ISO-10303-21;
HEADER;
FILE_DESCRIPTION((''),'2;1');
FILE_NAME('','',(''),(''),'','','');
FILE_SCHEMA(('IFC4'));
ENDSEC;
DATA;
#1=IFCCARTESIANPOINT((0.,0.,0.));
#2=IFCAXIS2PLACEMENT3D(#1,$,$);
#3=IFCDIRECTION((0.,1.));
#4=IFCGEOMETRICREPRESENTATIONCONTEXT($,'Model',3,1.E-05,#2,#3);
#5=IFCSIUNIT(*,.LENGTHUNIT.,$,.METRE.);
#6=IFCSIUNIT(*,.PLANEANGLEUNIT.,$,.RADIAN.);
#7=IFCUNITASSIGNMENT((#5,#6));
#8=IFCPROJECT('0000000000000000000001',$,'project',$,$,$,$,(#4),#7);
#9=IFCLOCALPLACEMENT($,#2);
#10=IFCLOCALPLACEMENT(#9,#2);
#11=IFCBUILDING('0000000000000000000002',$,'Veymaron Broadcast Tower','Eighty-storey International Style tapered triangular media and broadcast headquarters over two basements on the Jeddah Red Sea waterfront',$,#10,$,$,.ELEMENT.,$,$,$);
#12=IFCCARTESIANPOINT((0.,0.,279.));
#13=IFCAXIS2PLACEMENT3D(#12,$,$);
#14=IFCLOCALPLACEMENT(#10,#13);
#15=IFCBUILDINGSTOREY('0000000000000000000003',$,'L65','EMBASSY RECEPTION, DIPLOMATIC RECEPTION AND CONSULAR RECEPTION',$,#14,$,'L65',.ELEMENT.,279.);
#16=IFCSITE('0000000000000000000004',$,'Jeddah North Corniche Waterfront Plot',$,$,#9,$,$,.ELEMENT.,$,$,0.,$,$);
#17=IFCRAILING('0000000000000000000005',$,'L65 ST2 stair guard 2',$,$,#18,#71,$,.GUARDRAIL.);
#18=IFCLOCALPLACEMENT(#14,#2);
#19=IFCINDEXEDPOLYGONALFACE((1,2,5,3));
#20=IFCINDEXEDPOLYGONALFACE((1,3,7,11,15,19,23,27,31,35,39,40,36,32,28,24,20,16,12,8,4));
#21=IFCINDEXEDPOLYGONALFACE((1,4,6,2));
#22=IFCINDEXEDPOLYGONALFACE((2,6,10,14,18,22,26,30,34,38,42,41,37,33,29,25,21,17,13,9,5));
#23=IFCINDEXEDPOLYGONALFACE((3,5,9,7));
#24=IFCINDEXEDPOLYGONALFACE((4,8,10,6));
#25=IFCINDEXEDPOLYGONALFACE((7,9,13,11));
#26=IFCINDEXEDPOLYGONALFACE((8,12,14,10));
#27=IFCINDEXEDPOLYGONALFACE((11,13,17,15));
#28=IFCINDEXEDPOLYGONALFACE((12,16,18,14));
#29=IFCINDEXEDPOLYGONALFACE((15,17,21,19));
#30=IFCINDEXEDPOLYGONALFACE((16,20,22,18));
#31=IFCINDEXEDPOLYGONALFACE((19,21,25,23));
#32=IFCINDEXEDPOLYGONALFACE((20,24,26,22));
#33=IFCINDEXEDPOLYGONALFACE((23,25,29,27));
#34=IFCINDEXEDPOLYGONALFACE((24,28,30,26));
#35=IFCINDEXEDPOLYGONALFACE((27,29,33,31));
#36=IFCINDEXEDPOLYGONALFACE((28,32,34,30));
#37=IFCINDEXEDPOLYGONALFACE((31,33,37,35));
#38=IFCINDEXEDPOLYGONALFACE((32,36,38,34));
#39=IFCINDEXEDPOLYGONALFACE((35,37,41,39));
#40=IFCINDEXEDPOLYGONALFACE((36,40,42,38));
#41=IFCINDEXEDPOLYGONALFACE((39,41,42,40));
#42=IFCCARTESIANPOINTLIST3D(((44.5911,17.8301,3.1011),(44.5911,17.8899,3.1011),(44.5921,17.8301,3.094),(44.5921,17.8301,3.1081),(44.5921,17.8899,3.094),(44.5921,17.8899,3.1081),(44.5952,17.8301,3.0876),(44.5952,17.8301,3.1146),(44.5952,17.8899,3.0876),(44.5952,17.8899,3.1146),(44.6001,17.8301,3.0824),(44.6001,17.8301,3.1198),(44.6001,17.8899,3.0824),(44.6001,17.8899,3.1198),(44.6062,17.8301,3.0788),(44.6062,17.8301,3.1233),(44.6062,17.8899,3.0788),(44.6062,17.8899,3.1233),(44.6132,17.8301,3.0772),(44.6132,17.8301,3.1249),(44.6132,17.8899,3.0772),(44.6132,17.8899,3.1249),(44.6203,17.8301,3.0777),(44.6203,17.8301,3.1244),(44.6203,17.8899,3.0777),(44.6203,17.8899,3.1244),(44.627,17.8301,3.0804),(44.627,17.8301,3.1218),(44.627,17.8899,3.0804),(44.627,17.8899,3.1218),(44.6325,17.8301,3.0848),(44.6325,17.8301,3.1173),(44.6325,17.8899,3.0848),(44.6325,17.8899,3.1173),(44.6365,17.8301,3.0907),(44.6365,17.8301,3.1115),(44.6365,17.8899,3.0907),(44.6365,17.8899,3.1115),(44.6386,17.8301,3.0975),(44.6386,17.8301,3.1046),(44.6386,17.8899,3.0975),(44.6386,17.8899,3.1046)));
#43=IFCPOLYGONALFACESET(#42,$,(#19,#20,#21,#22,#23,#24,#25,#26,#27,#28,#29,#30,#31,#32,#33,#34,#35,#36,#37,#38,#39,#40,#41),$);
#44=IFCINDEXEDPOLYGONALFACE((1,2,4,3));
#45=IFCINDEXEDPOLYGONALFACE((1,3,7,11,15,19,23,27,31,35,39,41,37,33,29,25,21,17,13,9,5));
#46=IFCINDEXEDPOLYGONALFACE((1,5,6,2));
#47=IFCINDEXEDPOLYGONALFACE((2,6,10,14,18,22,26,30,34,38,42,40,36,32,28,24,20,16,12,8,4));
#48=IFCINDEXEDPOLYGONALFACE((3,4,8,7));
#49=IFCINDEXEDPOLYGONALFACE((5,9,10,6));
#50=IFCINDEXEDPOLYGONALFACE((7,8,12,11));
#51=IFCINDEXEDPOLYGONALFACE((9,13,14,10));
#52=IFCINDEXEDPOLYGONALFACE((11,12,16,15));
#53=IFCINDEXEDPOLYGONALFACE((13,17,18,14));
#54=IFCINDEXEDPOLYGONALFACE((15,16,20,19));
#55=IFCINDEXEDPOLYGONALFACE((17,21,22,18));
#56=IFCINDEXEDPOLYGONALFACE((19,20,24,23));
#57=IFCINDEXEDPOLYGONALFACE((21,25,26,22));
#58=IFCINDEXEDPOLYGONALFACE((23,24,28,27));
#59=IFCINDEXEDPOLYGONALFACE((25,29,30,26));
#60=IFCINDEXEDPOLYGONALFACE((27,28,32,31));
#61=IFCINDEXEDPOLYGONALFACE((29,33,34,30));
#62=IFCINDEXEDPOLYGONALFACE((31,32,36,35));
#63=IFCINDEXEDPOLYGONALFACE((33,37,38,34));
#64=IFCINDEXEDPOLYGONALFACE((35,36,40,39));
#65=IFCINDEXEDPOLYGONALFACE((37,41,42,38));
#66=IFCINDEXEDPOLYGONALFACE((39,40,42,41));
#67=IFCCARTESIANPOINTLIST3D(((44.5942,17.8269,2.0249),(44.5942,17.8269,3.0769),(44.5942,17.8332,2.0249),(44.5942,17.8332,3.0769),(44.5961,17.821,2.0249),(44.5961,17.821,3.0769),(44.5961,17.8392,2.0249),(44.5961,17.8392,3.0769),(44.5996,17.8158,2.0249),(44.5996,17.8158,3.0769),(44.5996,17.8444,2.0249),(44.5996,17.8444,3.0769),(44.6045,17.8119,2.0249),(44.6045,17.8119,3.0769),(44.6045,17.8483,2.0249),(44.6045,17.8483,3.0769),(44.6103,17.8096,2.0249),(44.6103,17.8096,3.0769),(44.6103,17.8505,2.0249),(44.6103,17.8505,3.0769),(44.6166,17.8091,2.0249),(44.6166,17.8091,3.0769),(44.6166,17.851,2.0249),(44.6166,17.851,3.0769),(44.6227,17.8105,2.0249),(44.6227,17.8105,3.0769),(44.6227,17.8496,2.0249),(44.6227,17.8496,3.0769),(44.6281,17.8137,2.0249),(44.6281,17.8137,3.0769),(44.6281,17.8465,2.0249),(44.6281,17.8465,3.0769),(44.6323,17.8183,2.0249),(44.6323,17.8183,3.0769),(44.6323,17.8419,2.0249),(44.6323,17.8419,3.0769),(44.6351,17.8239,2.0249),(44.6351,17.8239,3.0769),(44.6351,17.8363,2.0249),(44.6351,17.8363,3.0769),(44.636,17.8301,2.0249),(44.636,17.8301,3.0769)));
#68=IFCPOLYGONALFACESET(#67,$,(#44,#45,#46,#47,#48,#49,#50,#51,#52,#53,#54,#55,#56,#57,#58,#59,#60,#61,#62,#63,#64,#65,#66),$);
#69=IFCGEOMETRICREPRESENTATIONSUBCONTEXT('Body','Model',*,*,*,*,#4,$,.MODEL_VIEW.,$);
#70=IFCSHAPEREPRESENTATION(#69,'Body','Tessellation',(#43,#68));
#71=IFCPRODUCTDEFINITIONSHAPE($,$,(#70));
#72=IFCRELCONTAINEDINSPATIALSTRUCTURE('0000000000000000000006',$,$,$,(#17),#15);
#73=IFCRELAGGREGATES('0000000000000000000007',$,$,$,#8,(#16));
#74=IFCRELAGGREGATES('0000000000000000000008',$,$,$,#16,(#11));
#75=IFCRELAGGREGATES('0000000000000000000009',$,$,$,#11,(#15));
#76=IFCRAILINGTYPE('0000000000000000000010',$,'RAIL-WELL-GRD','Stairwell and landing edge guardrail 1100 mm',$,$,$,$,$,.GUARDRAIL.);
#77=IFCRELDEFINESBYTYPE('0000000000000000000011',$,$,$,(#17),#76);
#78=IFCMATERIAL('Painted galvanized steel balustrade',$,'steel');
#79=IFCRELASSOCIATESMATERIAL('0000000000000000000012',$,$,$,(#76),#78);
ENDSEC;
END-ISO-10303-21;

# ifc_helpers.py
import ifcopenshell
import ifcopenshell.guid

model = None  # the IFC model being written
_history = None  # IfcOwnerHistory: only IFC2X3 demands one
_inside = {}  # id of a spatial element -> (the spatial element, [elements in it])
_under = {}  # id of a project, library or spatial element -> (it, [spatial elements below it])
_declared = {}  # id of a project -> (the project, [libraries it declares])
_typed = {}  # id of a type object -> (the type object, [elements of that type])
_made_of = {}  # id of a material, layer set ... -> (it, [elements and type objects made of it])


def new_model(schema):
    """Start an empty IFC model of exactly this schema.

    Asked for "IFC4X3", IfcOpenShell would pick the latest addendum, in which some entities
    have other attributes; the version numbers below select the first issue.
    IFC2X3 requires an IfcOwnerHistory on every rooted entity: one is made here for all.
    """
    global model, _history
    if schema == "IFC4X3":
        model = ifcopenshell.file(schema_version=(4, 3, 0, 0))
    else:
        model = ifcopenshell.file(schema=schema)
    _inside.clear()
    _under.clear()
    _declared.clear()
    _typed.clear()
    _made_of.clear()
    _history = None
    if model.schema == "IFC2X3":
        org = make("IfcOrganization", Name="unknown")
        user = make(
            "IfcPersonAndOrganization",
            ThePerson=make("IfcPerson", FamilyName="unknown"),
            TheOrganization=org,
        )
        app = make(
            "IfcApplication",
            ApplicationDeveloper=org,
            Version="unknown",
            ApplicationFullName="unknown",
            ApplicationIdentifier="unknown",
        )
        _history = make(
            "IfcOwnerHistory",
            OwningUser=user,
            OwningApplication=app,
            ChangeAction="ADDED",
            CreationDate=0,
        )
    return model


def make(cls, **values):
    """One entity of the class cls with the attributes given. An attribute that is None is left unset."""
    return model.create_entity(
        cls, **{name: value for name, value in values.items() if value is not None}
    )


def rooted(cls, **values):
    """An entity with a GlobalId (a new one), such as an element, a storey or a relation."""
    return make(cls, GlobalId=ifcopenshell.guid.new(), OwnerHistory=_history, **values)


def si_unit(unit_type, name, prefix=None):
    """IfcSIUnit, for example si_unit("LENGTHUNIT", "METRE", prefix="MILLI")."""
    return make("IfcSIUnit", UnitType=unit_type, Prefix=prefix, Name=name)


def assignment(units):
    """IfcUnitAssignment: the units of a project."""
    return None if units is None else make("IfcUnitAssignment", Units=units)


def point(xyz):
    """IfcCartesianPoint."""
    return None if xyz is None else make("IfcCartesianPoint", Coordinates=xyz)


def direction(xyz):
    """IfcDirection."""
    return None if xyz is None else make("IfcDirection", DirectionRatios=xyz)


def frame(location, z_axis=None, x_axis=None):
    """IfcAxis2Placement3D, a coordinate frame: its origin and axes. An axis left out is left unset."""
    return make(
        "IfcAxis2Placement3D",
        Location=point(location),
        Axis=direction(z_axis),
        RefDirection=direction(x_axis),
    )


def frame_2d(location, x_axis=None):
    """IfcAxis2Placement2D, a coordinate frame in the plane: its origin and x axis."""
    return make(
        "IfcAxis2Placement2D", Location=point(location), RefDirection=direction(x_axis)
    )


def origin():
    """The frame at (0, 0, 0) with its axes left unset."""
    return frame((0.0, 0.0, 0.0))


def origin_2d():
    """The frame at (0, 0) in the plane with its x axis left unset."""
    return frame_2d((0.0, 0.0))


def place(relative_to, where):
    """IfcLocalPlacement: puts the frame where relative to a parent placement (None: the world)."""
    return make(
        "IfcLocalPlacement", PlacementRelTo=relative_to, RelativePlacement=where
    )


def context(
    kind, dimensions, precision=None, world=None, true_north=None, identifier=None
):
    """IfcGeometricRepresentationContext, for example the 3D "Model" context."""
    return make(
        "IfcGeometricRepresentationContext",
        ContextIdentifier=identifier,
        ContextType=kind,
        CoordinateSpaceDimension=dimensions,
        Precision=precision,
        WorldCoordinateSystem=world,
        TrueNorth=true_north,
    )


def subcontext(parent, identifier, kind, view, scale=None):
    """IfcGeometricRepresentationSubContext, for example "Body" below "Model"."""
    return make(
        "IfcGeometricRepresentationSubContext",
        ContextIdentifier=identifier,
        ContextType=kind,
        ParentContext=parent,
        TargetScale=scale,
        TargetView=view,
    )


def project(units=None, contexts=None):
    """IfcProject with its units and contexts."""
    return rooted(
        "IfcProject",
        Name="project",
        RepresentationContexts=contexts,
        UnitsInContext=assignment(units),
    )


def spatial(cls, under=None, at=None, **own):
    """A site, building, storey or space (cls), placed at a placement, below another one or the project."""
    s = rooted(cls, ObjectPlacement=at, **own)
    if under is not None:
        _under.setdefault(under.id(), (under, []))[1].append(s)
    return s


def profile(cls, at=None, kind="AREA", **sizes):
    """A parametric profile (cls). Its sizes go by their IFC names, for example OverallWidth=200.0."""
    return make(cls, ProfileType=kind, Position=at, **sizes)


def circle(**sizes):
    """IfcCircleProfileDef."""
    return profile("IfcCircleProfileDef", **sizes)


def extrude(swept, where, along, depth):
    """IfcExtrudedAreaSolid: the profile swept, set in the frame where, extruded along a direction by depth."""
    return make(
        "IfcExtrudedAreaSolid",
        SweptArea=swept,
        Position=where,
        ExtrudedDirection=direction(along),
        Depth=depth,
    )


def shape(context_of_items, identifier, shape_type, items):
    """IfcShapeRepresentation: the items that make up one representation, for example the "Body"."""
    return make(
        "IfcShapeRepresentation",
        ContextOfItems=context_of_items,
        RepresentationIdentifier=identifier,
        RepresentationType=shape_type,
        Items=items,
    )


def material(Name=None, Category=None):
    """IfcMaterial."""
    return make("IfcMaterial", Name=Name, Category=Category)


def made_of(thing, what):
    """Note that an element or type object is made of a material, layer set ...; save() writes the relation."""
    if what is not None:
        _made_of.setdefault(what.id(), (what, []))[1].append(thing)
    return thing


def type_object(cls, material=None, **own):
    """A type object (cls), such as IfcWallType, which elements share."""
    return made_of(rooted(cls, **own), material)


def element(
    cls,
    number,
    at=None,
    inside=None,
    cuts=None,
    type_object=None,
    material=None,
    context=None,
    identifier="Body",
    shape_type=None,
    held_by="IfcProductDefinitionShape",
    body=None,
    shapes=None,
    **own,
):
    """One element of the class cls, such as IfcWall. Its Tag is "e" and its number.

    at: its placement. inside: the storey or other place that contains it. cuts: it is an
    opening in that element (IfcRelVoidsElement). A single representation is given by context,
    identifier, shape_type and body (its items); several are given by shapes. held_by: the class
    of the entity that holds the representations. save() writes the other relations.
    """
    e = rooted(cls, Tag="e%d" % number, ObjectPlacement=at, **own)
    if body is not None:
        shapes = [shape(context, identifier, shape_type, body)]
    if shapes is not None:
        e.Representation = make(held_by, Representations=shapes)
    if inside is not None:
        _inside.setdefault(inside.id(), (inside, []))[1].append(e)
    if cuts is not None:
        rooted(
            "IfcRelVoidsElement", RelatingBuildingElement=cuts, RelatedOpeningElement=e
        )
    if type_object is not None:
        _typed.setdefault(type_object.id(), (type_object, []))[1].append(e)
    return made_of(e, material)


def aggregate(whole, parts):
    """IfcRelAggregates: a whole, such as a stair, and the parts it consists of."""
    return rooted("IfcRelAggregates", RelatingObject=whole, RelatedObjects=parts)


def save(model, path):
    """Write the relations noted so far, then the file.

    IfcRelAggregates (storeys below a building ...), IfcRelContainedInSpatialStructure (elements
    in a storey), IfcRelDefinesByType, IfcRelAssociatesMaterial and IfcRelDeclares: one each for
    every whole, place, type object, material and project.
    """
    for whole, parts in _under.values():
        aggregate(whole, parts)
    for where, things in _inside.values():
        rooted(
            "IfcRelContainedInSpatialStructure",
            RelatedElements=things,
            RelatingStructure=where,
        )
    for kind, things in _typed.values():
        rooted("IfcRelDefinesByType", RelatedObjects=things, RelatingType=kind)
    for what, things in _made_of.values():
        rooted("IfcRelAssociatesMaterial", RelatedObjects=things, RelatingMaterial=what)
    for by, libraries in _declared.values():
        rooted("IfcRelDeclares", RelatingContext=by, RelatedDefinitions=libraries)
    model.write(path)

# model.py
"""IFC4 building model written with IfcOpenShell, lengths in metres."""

from ifc_helpers import new_model, si_unit, direction, frame, origin, origin_2d, place, context, subcontext, project, spatial, circle, extrude, material, type_object, element, save


model = new_model("IFC4")

# Units and contexts
model_context = context("Model", 3, precision=1e-05, world=origin(), true_north=direction((0.0, 1.0)))
body_context = subcontext(model_context, "Body", "Model", "MODEL_VIEW")
ifc_project = project(units=[si_unit("LENGTHUNIT", "METRE"), si_unit("PLANEANGLEUNIT", "RADIAN")], contexts=[model_context])

# Site, building, storey
site_placement = place(None, origin())
site = spatial("IfcSite", under=ifc_project, at=site_placement, Name="Jeddah North Corniche Waterfront Plot", CompositionType="ELEMENT", RefElevation=0.0)
building_placement = place(site_placement, origin())
building = spatial("IfcBuilding", under=site, at=building_placement, Name="Veymaron Broadcast Tower", Description="Eighty-storey International Style tapered triangular media and broadcast headquarters over two basements on the Jeddah Red Sea waterfront", CompositionType="ELEMENT")
storey_placement = place(building_placement, frame((0.0, 0.0, 279.0)))
storey = spatial("IfcBuildingStorey", under=building, at=storey_placement, Name="L65", Description="EMBASSY RECEPTION, DIPLOMATIC RECEPTION AND CONSULAR RECEPTION", LongName="L65", CompositionType="ELEMENT", Elevation=279.0)

# Railing
ifc_material_1 = material(Name="Painted galvanized steel balustrade", Category="steel")
railing_type_1 = type_object("IfcRailingType", Name="RAIL-WELL-GRD", Description="Stairwell and landing edge guardrail 1100 mm", PredefinedType="GUARDRAIL", material=ifc_material_1)
railing_1_placement = place(storey_placement, frame((44.615, 17.8301, 2.0249)))
element("IfcRailing", 1, at=railing_1_placement, inside=storey, type_object=railing_type_1, Name="L65 ST2 stair guard 2", PredefinedType="GUARDRAIL", context=body_context, shape_type="SweptSolid", body=[
    extrude(circle(Radius=0.0239, at=origin_2d()), frame((0.0, 0.0, 1.0762), z_axis=(0.0, 1.0, 0.0), x_axis=(-1.0, 0.0, 0.0)), (0.0, 0.0, 1.0), 0.0598),
    extrude(circle(Radius=0.021, at=origin_2d()), origin(), (0.0, 0.0, 1.0), 1.052),
])

save(model, "model.ifc")
